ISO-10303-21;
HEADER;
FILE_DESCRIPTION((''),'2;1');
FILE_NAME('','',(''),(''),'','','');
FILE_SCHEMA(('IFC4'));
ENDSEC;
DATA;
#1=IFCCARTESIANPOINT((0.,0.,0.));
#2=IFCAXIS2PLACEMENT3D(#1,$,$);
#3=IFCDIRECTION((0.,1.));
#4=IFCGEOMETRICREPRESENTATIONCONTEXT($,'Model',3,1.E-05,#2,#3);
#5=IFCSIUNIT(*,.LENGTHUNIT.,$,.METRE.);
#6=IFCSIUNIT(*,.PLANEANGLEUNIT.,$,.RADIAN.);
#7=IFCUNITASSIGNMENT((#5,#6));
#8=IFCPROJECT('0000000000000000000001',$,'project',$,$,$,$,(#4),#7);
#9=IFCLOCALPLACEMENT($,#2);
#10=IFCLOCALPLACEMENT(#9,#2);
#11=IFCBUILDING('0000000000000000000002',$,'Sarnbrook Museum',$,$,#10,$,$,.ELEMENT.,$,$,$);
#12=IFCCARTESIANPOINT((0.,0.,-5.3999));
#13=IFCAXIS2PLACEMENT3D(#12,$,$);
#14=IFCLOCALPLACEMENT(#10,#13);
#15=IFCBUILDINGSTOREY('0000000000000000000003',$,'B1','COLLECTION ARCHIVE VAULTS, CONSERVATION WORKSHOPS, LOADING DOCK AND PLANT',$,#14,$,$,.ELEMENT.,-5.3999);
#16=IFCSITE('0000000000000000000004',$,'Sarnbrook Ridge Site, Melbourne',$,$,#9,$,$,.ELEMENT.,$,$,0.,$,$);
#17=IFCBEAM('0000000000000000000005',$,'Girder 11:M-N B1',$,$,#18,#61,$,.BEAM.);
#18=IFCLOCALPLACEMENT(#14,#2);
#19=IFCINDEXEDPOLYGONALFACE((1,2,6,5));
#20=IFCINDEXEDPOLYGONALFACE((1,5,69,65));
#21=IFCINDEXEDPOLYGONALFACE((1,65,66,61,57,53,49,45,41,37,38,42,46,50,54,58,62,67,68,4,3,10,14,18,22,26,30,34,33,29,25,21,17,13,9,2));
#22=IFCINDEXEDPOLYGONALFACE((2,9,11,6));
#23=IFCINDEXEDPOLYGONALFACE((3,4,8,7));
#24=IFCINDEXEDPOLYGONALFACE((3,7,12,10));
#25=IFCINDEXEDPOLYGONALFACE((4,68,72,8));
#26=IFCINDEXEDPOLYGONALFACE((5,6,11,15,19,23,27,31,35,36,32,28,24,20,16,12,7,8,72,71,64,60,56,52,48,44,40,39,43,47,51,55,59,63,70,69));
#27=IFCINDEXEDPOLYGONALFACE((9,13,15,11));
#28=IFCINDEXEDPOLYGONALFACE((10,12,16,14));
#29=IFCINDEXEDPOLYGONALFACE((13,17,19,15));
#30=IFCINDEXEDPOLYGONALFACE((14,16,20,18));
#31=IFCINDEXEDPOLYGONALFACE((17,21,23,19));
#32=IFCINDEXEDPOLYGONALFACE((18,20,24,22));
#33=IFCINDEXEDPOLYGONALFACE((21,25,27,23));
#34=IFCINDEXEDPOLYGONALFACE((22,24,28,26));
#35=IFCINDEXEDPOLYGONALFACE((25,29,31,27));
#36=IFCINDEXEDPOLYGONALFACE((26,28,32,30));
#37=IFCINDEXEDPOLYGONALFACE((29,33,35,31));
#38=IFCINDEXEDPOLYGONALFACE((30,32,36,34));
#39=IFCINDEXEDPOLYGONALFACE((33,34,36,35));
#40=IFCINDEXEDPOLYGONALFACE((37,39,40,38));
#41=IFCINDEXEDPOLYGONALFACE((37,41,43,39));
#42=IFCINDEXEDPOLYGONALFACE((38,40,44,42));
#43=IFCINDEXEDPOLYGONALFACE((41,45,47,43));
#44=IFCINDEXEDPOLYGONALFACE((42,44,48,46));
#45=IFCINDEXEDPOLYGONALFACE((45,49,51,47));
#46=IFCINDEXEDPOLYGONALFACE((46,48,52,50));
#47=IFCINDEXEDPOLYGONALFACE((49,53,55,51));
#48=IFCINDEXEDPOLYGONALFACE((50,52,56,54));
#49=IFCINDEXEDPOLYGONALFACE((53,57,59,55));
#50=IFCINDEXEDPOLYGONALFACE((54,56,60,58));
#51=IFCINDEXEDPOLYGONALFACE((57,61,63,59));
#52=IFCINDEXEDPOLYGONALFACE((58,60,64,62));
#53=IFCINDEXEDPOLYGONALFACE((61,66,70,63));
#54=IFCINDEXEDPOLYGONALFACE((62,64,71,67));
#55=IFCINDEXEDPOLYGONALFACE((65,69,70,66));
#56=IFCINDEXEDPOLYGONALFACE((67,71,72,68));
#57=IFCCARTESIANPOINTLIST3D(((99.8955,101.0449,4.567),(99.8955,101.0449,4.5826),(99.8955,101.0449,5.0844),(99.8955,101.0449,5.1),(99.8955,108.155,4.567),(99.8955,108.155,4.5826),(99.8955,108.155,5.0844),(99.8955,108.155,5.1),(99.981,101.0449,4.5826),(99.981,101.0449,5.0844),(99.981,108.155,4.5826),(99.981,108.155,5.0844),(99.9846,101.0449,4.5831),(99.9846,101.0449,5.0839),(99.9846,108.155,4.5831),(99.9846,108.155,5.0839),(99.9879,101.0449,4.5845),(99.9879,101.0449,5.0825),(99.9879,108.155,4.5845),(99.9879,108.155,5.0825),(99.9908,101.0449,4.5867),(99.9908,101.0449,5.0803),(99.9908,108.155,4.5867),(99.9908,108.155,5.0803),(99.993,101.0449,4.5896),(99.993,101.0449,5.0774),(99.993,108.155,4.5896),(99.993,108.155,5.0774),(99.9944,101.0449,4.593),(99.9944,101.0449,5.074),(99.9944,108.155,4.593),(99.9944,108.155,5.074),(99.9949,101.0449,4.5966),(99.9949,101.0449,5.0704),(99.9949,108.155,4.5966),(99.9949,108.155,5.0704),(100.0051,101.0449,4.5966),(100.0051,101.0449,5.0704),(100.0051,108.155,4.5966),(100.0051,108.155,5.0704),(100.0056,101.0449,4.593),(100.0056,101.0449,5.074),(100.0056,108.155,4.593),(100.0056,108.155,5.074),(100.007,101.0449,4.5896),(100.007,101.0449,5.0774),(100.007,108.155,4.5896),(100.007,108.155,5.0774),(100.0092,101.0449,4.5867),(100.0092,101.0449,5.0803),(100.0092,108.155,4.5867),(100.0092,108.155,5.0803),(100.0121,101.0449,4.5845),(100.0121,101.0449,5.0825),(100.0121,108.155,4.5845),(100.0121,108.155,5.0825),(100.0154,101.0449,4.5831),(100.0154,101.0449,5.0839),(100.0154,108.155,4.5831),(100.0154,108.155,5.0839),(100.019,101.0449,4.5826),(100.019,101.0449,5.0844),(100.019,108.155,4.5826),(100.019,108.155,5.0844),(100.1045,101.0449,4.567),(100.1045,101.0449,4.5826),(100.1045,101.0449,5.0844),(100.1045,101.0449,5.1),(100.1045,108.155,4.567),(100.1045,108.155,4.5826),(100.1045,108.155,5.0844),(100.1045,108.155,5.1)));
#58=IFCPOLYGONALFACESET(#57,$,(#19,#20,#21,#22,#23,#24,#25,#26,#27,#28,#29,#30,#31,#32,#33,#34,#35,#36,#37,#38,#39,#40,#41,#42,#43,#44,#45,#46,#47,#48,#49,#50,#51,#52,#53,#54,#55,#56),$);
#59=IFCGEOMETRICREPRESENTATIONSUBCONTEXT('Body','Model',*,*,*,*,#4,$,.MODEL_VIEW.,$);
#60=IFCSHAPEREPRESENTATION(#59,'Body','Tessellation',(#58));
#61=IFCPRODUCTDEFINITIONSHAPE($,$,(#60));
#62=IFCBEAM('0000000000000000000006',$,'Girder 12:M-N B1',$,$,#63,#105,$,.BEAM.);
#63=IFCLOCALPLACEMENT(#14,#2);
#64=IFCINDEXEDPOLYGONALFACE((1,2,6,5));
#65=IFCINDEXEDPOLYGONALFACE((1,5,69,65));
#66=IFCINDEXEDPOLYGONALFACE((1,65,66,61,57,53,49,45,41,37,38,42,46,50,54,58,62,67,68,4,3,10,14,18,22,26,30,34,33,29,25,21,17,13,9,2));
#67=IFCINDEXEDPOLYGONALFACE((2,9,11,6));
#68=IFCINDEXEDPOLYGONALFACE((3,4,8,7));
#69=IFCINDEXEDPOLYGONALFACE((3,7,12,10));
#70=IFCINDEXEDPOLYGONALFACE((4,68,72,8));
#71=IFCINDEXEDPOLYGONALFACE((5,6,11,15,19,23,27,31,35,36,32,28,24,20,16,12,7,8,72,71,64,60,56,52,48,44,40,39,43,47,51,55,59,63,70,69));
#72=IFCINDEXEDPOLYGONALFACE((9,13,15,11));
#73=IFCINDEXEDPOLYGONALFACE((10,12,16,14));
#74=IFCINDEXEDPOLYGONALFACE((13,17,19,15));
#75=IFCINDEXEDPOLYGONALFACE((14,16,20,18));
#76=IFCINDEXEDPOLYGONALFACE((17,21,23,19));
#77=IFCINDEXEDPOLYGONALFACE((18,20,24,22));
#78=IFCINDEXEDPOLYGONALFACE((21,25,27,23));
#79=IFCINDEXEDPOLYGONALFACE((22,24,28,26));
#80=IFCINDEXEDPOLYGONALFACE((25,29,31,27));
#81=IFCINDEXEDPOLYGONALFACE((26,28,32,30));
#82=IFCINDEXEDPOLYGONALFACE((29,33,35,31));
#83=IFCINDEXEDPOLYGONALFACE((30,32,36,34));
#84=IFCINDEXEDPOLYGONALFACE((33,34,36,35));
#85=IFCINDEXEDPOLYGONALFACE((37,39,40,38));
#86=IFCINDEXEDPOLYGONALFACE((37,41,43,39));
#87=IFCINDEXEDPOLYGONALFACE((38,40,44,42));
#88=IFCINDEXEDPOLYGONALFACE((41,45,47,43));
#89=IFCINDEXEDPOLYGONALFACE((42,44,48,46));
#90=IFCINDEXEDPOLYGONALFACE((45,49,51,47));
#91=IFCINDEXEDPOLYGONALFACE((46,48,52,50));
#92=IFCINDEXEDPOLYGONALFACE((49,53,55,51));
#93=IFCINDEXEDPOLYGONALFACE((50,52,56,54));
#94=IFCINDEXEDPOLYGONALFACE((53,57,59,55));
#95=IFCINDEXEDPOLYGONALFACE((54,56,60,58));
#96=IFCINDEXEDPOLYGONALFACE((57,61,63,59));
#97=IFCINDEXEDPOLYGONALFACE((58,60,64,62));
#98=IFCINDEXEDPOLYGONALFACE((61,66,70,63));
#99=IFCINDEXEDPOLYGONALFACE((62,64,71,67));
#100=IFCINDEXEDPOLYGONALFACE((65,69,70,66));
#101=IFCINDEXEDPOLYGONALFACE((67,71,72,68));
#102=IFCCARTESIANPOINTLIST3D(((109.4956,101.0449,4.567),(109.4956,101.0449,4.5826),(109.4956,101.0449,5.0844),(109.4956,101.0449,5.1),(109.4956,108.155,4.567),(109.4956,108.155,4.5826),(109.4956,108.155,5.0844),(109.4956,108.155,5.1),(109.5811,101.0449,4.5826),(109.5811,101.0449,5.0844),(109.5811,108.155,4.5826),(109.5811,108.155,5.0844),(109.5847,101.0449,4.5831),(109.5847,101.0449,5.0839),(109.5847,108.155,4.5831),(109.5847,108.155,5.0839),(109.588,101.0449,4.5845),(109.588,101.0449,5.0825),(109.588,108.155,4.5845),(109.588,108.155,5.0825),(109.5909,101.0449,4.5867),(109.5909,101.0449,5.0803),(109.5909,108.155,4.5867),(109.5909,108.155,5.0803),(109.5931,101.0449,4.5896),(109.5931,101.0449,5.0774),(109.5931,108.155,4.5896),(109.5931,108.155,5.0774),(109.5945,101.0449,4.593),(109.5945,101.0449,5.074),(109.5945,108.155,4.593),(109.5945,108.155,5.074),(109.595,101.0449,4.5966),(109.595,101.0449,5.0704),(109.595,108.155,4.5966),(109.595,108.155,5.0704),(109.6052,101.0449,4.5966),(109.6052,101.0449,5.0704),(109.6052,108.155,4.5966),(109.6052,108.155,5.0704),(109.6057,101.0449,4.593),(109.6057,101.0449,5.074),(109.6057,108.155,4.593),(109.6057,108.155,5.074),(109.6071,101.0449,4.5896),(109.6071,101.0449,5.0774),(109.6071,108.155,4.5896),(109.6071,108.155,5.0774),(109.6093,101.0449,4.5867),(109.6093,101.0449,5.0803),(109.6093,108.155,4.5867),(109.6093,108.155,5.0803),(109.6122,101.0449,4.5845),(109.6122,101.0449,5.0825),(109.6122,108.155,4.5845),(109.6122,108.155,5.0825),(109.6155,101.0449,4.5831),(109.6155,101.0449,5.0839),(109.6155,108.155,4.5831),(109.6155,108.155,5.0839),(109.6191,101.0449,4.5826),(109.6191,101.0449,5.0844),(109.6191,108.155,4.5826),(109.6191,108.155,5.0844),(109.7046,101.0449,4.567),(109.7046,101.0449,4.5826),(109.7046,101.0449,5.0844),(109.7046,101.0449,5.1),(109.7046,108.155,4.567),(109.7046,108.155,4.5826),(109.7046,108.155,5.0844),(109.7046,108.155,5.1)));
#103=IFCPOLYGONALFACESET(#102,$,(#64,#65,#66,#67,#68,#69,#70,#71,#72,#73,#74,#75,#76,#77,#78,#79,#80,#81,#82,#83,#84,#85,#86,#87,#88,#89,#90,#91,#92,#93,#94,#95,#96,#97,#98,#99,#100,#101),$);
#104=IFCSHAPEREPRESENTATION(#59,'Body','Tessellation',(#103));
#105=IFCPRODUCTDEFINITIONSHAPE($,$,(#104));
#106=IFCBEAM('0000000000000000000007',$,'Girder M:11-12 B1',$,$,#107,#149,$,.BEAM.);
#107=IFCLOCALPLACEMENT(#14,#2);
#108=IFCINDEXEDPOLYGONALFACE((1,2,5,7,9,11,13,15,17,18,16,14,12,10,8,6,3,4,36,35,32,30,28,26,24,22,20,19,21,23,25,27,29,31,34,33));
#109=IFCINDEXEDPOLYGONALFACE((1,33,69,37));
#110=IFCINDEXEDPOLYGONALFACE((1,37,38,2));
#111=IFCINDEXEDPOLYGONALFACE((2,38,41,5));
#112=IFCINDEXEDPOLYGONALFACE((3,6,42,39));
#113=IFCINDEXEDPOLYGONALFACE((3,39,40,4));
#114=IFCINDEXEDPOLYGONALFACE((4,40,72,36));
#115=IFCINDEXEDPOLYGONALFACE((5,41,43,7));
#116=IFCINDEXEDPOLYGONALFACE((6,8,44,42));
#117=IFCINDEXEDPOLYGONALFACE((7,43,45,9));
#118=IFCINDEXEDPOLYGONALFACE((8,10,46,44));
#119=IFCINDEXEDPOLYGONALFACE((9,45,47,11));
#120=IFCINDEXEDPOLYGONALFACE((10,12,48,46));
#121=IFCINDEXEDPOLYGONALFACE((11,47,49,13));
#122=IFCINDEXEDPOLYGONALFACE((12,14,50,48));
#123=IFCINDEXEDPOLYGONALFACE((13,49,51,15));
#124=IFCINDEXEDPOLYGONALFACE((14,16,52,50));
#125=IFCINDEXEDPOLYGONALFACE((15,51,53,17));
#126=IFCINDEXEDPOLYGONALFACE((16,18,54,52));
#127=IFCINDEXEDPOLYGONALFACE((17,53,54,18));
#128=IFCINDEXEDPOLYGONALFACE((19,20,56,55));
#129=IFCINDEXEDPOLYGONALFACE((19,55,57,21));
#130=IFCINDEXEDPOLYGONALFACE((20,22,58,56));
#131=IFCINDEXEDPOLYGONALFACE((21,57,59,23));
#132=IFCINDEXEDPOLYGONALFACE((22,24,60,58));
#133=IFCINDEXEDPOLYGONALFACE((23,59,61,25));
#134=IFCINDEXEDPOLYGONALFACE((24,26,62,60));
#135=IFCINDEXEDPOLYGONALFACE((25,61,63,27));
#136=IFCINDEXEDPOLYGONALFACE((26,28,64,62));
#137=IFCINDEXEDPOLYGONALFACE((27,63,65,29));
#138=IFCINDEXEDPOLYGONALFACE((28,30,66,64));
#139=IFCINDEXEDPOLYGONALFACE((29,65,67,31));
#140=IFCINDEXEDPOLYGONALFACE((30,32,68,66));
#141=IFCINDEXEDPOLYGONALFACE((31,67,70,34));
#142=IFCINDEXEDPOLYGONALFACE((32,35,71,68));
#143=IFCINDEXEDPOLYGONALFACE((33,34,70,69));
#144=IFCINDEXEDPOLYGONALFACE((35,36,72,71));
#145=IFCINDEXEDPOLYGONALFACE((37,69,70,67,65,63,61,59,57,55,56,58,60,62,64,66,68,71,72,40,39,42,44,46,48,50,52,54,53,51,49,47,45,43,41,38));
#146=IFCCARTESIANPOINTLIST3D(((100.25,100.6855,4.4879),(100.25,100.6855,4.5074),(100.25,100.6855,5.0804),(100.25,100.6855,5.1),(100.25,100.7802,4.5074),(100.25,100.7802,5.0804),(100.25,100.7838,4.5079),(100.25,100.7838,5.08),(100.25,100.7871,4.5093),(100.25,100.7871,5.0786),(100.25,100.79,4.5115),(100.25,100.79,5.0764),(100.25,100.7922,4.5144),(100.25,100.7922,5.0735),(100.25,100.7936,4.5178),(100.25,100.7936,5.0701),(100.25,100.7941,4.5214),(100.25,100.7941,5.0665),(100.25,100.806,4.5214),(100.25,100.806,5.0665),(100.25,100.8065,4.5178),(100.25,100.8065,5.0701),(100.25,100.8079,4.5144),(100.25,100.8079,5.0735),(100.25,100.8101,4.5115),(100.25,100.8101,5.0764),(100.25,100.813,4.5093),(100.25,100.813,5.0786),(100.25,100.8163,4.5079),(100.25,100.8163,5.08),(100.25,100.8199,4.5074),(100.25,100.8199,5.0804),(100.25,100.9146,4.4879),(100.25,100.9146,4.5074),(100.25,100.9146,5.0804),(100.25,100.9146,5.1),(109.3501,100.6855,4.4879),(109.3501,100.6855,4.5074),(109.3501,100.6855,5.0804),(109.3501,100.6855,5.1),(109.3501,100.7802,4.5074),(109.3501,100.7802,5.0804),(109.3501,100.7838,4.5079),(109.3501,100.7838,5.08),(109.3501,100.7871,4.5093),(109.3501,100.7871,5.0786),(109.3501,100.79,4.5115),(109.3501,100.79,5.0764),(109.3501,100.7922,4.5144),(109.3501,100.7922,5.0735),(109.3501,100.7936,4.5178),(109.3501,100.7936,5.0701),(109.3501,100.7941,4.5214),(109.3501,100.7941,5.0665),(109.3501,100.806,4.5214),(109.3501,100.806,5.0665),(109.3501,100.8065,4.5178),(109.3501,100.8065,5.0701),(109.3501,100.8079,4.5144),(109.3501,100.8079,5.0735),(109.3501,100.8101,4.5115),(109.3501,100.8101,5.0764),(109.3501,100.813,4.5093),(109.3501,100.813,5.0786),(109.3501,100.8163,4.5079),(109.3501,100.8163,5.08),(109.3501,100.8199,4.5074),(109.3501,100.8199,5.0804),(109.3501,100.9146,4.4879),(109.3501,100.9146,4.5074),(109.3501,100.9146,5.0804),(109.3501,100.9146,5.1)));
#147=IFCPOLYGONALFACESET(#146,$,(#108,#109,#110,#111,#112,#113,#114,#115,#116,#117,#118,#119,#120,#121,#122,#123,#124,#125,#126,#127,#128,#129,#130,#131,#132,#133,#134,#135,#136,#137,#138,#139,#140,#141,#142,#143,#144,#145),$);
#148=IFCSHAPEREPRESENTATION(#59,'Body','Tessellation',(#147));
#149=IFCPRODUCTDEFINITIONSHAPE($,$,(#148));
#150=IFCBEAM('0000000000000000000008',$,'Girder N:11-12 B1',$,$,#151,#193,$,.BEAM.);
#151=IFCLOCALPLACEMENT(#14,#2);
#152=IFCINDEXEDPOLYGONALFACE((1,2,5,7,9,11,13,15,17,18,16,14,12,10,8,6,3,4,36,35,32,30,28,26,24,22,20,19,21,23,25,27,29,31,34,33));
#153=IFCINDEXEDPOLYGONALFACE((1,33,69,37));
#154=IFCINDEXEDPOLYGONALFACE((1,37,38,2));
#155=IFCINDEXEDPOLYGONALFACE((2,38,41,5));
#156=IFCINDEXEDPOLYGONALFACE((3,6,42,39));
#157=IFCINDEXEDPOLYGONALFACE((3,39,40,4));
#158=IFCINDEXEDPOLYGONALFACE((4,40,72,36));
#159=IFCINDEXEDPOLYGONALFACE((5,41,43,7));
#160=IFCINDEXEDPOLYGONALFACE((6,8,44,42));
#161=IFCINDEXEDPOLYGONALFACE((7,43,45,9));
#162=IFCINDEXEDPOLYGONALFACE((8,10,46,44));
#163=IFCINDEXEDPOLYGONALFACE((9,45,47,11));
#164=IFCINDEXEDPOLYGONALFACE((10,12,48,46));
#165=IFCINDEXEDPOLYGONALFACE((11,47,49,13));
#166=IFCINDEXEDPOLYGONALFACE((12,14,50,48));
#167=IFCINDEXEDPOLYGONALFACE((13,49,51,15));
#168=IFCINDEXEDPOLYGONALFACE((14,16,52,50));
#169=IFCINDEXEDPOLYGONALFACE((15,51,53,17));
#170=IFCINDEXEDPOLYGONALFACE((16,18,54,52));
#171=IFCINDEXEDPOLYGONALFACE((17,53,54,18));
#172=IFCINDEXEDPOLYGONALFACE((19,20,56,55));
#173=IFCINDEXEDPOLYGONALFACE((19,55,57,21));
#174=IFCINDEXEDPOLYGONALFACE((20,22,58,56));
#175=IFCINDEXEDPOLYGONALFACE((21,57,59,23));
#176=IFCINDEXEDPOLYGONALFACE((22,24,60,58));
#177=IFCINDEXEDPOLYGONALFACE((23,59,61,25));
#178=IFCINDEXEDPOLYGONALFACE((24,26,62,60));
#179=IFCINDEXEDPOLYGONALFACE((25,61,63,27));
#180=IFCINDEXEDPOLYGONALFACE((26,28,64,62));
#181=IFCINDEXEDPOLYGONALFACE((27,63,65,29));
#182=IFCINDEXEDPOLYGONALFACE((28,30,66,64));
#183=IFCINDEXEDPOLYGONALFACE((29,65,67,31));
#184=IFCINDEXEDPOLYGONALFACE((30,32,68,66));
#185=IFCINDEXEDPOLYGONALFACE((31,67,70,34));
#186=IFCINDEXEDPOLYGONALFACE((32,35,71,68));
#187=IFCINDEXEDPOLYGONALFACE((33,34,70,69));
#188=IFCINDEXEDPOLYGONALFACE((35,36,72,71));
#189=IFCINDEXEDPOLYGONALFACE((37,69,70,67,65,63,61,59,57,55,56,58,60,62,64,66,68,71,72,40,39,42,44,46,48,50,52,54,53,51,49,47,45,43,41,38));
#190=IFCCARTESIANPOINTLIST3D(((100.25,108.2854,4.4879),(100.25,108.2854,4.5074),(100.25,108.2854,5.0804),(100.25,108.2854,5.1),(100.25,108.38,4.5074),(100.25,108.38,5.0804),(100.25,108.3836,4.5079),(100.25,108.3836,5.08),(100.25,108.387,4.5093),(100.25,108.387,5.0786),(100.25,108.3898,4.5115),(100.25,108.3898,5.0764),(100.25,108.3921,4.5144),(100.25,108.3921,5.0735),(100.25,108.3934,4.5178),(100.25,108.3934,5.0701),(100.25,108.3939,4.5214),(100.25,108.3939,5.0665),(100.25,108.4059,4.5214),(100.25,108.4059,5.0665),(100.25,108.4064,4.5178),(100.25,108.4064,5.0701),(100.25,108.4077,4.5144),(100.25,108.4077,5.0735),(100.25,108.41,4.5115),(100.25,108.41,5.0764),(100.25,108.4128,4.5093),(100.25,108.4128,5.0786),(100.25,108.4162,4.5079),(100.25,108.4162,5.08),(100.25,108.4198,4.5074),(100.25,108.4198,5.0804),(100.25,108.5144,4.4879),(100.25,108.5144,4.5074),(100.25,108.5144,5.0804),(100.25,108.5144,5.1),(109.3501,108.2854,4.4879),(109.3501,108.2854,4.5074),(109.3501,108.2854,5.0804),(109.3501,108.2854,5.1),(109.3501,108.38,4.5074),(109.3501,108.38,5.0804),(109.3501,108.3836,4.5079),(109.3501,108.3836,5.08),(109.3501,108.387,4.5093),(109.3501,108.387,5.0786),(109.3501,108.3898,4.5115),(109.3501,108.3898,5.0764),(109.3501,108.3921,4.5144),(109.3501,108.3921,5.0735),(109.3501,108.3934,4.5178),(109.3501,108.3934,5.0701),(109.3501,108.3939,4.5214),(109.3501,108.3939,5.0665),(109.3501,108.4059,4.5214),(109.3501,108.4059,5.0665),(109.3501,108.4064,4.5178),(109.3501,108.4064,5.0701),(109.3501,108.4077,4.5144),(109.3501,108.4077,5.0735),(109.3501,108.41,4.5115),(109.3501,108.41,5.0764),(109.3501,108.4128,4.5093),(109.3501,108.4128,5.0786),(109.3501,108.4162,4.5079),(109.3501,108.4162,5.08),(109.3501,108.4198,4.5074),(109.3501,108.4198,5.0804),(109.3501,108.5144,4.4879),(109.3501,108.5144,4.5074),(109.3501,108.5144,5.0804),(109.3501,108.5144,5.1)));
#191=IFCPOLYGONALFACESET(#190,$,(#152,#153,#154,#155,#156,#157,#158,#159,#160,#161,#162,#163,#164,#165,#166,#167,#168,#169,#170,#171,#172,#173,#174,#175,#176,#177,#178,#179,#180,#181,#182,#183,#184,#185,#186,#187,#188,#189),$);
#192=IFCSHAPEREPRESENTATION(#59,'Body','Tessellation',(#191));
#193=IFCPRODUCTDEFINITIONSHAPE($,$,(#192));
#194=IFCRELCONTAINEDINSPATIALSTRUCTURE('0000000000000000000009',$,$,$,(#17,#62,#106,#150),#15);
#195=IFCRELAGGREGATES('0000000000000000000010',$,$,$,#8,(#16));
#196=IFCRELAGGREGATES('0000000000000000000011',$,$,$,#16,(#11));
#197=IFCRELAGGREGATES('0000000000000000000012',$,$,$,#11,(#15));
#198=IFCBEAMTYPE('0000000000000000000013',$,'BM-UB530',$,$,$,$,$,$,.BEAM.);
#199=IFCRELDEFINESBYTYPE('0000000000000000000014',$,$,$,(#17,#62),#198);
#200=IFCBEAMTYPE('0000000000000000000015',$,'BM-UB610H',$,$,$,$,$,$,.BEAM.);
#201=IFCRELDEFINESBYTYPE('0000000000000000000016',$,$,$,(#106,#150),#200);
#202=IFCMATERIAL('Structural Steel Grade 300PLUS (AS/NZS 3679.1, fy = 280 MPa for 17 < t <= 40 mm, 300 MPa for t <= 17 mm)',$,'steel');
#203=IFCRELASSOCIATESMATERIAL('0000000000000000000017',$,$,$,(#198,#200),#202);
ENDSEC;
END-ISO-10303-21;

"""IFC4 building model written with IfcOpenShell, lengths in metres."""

from ifc_helpers import new_model, si_unit, direction, frame, origin, origin_2d, place, context, subcontext, project, spatial, i_section, extrude, material, material_profile, profile_set, type_object, element, save


model = new_model("IFC4")

# Units and contexts
model_context = context("Model", 3, precision=1e-05, world=origin(), true_north=direction((0.0, 1.0)))
body_context = subcontext(model_context, "Body", "Model", "MODEL_VIEW")
ifc_project = project(units=[si_unit("LENGTHUNIT", "METRE"), si_unit("PLANEANGLEUNIT", "RADIAN")], contexts=[model_context])

# Site, building, storey
site_placement = place(None, origin())
site = spatial("IfcSite", under=ifc_project, at=site_placement, Name="Sarnbrook Ridge Site, Melbourne", CompositionType="ELEMENT", RefElevation=0.0)
building_placement = place(site_placement, origin())
building = spatial("IfcBuilding", under=site, at=building_placement, Name="Sarnbrook Museum", CompositionType="ELEMENT")
storey_placement = place(building_placement, frame((0.0, 0.0, -5.3999)))
storey = spatial("IfcBuildingStorey", under=building, at=storey_placement, Name="B1", Description="COLLECTION ARCHIVE VAULTS, CONSERVATION WORKSHOPS, LOADING DOCK AND PLANT", CompositionType="ELEMENT", Elevation=-5.3999)

# Beams
ifc_material_1 = material(Name="Structural Steel Grade 300PLUS (AS/NZS 3679.1, fy = 280 MPa for 17 < t <= 40 mm, 300 MPa for t <= 17 mm)", Category="steel")
ifc_material_profile_1 = material_profile(ifc_material_1, i_section(OverallWidth=0.209, OverallDepth=0.533, WebThickness=0.0103, FlangeThickness=0.0156, FilletRadius=0.0139, at=origin_2d()), Name="530UB92.4")
ifc_profile_set_1 = profile_set([ifc_material_profile_1], Name="Structural Steel Grade 300PLUS (AS/NZS 3679.1, fy = 280 MPa for 17 < t <= 40 mm, 300 MPa for t <= 17 mm)")
beam_type_1 = type_object("IfcBeamType", Name="BM-UB530", PredefinedType="BEAM", material=ifc_profile_set_1)
for number, where, z_axis, x_axis, name in (
    (1, (100.0, 101.0449, 4.8335), (0.0, 1.0, 0.0), (-1.0, 0.0, 0.0), "Girder 11:M-N B1"),
    (2, (109.6001, 101.0449, 4.8335), (0.0, 1.0, 0.0), (-1.0, 0.0, 0.0), "Girder 12:M-N B1"),
):
    element("IfcBeam", number, at=place(storey_placement, frame(where, z_axis=z_axis, x_axis=x_axis)), inside=storey, type_object=beam_type_1, Name=name, PredefinedType="BEAM", context=body_context, shape_type="SweptSolid", body=[
        extrude(i_section(OverallWidth=0.209, OverallDepth=0.533, WebThickness=0.0103, FlangeThickness=0.0156, FilletRadius=0.0139, at=origin_2d()), origin(), (0.0, 0.0, 1.0), 7.1101),
    ])
ifc_material_profile_2 = material_profile(ifc_material_1, i_section(OverallWidth=0.229, OverallDepth=0.6121, WebThickness=0.012, FlangeThickness=0.0195, FilletRadius=0.0139, at=origin_2d()), Name="610UB125")
ifc_profile_set_2 = profile_set([ifc_material_profile_2], Name="Structural Steel Grade 300PLUS (AS/NZS 3679.1, fy = 280 MPa for 17 < t <= 40 mm, 300 MPa for t <= 17 mm)")
beam_type_2 = type_object("IfcBeamType", Name="BM-UB610H", PredefinedType="BEAM", material=ifc_profile_set_2)
for number, where, z_axis, x_axis, name in (
    (3, (100.25, 100.8, 4.7939), (1.0, 0.0, 0.0), (0.0, 1.0, 0.0), "Girder M:11-12 B1"),
    (4, (100.25, 108.3999, 4.7939), (1.0, 0.0, 0.0), (0.0, 1.0, 0.0), "Girder N:11-12 B1"),
):
    element("IfcBeam", number, at=place(storey_placement, frame(where, z_axis=z_axis, x_axis=x_axis)), inside=storey, type_object=beam_type_2, Name=name, PredefinedType="BEAM", context=body_context, shape_type="SweptSolid", body=[
        extrude(i_section(OverallWidth=0.229, OverallDepth=0.6121, WebThickness=0.012, FlangeThickness=0.0195, FilletRadius=0.0139, at=origin_2d()), origin(), (0.0, 0.0, 1.0), 9.1001),
    ])

save(model, "model.ifc")
